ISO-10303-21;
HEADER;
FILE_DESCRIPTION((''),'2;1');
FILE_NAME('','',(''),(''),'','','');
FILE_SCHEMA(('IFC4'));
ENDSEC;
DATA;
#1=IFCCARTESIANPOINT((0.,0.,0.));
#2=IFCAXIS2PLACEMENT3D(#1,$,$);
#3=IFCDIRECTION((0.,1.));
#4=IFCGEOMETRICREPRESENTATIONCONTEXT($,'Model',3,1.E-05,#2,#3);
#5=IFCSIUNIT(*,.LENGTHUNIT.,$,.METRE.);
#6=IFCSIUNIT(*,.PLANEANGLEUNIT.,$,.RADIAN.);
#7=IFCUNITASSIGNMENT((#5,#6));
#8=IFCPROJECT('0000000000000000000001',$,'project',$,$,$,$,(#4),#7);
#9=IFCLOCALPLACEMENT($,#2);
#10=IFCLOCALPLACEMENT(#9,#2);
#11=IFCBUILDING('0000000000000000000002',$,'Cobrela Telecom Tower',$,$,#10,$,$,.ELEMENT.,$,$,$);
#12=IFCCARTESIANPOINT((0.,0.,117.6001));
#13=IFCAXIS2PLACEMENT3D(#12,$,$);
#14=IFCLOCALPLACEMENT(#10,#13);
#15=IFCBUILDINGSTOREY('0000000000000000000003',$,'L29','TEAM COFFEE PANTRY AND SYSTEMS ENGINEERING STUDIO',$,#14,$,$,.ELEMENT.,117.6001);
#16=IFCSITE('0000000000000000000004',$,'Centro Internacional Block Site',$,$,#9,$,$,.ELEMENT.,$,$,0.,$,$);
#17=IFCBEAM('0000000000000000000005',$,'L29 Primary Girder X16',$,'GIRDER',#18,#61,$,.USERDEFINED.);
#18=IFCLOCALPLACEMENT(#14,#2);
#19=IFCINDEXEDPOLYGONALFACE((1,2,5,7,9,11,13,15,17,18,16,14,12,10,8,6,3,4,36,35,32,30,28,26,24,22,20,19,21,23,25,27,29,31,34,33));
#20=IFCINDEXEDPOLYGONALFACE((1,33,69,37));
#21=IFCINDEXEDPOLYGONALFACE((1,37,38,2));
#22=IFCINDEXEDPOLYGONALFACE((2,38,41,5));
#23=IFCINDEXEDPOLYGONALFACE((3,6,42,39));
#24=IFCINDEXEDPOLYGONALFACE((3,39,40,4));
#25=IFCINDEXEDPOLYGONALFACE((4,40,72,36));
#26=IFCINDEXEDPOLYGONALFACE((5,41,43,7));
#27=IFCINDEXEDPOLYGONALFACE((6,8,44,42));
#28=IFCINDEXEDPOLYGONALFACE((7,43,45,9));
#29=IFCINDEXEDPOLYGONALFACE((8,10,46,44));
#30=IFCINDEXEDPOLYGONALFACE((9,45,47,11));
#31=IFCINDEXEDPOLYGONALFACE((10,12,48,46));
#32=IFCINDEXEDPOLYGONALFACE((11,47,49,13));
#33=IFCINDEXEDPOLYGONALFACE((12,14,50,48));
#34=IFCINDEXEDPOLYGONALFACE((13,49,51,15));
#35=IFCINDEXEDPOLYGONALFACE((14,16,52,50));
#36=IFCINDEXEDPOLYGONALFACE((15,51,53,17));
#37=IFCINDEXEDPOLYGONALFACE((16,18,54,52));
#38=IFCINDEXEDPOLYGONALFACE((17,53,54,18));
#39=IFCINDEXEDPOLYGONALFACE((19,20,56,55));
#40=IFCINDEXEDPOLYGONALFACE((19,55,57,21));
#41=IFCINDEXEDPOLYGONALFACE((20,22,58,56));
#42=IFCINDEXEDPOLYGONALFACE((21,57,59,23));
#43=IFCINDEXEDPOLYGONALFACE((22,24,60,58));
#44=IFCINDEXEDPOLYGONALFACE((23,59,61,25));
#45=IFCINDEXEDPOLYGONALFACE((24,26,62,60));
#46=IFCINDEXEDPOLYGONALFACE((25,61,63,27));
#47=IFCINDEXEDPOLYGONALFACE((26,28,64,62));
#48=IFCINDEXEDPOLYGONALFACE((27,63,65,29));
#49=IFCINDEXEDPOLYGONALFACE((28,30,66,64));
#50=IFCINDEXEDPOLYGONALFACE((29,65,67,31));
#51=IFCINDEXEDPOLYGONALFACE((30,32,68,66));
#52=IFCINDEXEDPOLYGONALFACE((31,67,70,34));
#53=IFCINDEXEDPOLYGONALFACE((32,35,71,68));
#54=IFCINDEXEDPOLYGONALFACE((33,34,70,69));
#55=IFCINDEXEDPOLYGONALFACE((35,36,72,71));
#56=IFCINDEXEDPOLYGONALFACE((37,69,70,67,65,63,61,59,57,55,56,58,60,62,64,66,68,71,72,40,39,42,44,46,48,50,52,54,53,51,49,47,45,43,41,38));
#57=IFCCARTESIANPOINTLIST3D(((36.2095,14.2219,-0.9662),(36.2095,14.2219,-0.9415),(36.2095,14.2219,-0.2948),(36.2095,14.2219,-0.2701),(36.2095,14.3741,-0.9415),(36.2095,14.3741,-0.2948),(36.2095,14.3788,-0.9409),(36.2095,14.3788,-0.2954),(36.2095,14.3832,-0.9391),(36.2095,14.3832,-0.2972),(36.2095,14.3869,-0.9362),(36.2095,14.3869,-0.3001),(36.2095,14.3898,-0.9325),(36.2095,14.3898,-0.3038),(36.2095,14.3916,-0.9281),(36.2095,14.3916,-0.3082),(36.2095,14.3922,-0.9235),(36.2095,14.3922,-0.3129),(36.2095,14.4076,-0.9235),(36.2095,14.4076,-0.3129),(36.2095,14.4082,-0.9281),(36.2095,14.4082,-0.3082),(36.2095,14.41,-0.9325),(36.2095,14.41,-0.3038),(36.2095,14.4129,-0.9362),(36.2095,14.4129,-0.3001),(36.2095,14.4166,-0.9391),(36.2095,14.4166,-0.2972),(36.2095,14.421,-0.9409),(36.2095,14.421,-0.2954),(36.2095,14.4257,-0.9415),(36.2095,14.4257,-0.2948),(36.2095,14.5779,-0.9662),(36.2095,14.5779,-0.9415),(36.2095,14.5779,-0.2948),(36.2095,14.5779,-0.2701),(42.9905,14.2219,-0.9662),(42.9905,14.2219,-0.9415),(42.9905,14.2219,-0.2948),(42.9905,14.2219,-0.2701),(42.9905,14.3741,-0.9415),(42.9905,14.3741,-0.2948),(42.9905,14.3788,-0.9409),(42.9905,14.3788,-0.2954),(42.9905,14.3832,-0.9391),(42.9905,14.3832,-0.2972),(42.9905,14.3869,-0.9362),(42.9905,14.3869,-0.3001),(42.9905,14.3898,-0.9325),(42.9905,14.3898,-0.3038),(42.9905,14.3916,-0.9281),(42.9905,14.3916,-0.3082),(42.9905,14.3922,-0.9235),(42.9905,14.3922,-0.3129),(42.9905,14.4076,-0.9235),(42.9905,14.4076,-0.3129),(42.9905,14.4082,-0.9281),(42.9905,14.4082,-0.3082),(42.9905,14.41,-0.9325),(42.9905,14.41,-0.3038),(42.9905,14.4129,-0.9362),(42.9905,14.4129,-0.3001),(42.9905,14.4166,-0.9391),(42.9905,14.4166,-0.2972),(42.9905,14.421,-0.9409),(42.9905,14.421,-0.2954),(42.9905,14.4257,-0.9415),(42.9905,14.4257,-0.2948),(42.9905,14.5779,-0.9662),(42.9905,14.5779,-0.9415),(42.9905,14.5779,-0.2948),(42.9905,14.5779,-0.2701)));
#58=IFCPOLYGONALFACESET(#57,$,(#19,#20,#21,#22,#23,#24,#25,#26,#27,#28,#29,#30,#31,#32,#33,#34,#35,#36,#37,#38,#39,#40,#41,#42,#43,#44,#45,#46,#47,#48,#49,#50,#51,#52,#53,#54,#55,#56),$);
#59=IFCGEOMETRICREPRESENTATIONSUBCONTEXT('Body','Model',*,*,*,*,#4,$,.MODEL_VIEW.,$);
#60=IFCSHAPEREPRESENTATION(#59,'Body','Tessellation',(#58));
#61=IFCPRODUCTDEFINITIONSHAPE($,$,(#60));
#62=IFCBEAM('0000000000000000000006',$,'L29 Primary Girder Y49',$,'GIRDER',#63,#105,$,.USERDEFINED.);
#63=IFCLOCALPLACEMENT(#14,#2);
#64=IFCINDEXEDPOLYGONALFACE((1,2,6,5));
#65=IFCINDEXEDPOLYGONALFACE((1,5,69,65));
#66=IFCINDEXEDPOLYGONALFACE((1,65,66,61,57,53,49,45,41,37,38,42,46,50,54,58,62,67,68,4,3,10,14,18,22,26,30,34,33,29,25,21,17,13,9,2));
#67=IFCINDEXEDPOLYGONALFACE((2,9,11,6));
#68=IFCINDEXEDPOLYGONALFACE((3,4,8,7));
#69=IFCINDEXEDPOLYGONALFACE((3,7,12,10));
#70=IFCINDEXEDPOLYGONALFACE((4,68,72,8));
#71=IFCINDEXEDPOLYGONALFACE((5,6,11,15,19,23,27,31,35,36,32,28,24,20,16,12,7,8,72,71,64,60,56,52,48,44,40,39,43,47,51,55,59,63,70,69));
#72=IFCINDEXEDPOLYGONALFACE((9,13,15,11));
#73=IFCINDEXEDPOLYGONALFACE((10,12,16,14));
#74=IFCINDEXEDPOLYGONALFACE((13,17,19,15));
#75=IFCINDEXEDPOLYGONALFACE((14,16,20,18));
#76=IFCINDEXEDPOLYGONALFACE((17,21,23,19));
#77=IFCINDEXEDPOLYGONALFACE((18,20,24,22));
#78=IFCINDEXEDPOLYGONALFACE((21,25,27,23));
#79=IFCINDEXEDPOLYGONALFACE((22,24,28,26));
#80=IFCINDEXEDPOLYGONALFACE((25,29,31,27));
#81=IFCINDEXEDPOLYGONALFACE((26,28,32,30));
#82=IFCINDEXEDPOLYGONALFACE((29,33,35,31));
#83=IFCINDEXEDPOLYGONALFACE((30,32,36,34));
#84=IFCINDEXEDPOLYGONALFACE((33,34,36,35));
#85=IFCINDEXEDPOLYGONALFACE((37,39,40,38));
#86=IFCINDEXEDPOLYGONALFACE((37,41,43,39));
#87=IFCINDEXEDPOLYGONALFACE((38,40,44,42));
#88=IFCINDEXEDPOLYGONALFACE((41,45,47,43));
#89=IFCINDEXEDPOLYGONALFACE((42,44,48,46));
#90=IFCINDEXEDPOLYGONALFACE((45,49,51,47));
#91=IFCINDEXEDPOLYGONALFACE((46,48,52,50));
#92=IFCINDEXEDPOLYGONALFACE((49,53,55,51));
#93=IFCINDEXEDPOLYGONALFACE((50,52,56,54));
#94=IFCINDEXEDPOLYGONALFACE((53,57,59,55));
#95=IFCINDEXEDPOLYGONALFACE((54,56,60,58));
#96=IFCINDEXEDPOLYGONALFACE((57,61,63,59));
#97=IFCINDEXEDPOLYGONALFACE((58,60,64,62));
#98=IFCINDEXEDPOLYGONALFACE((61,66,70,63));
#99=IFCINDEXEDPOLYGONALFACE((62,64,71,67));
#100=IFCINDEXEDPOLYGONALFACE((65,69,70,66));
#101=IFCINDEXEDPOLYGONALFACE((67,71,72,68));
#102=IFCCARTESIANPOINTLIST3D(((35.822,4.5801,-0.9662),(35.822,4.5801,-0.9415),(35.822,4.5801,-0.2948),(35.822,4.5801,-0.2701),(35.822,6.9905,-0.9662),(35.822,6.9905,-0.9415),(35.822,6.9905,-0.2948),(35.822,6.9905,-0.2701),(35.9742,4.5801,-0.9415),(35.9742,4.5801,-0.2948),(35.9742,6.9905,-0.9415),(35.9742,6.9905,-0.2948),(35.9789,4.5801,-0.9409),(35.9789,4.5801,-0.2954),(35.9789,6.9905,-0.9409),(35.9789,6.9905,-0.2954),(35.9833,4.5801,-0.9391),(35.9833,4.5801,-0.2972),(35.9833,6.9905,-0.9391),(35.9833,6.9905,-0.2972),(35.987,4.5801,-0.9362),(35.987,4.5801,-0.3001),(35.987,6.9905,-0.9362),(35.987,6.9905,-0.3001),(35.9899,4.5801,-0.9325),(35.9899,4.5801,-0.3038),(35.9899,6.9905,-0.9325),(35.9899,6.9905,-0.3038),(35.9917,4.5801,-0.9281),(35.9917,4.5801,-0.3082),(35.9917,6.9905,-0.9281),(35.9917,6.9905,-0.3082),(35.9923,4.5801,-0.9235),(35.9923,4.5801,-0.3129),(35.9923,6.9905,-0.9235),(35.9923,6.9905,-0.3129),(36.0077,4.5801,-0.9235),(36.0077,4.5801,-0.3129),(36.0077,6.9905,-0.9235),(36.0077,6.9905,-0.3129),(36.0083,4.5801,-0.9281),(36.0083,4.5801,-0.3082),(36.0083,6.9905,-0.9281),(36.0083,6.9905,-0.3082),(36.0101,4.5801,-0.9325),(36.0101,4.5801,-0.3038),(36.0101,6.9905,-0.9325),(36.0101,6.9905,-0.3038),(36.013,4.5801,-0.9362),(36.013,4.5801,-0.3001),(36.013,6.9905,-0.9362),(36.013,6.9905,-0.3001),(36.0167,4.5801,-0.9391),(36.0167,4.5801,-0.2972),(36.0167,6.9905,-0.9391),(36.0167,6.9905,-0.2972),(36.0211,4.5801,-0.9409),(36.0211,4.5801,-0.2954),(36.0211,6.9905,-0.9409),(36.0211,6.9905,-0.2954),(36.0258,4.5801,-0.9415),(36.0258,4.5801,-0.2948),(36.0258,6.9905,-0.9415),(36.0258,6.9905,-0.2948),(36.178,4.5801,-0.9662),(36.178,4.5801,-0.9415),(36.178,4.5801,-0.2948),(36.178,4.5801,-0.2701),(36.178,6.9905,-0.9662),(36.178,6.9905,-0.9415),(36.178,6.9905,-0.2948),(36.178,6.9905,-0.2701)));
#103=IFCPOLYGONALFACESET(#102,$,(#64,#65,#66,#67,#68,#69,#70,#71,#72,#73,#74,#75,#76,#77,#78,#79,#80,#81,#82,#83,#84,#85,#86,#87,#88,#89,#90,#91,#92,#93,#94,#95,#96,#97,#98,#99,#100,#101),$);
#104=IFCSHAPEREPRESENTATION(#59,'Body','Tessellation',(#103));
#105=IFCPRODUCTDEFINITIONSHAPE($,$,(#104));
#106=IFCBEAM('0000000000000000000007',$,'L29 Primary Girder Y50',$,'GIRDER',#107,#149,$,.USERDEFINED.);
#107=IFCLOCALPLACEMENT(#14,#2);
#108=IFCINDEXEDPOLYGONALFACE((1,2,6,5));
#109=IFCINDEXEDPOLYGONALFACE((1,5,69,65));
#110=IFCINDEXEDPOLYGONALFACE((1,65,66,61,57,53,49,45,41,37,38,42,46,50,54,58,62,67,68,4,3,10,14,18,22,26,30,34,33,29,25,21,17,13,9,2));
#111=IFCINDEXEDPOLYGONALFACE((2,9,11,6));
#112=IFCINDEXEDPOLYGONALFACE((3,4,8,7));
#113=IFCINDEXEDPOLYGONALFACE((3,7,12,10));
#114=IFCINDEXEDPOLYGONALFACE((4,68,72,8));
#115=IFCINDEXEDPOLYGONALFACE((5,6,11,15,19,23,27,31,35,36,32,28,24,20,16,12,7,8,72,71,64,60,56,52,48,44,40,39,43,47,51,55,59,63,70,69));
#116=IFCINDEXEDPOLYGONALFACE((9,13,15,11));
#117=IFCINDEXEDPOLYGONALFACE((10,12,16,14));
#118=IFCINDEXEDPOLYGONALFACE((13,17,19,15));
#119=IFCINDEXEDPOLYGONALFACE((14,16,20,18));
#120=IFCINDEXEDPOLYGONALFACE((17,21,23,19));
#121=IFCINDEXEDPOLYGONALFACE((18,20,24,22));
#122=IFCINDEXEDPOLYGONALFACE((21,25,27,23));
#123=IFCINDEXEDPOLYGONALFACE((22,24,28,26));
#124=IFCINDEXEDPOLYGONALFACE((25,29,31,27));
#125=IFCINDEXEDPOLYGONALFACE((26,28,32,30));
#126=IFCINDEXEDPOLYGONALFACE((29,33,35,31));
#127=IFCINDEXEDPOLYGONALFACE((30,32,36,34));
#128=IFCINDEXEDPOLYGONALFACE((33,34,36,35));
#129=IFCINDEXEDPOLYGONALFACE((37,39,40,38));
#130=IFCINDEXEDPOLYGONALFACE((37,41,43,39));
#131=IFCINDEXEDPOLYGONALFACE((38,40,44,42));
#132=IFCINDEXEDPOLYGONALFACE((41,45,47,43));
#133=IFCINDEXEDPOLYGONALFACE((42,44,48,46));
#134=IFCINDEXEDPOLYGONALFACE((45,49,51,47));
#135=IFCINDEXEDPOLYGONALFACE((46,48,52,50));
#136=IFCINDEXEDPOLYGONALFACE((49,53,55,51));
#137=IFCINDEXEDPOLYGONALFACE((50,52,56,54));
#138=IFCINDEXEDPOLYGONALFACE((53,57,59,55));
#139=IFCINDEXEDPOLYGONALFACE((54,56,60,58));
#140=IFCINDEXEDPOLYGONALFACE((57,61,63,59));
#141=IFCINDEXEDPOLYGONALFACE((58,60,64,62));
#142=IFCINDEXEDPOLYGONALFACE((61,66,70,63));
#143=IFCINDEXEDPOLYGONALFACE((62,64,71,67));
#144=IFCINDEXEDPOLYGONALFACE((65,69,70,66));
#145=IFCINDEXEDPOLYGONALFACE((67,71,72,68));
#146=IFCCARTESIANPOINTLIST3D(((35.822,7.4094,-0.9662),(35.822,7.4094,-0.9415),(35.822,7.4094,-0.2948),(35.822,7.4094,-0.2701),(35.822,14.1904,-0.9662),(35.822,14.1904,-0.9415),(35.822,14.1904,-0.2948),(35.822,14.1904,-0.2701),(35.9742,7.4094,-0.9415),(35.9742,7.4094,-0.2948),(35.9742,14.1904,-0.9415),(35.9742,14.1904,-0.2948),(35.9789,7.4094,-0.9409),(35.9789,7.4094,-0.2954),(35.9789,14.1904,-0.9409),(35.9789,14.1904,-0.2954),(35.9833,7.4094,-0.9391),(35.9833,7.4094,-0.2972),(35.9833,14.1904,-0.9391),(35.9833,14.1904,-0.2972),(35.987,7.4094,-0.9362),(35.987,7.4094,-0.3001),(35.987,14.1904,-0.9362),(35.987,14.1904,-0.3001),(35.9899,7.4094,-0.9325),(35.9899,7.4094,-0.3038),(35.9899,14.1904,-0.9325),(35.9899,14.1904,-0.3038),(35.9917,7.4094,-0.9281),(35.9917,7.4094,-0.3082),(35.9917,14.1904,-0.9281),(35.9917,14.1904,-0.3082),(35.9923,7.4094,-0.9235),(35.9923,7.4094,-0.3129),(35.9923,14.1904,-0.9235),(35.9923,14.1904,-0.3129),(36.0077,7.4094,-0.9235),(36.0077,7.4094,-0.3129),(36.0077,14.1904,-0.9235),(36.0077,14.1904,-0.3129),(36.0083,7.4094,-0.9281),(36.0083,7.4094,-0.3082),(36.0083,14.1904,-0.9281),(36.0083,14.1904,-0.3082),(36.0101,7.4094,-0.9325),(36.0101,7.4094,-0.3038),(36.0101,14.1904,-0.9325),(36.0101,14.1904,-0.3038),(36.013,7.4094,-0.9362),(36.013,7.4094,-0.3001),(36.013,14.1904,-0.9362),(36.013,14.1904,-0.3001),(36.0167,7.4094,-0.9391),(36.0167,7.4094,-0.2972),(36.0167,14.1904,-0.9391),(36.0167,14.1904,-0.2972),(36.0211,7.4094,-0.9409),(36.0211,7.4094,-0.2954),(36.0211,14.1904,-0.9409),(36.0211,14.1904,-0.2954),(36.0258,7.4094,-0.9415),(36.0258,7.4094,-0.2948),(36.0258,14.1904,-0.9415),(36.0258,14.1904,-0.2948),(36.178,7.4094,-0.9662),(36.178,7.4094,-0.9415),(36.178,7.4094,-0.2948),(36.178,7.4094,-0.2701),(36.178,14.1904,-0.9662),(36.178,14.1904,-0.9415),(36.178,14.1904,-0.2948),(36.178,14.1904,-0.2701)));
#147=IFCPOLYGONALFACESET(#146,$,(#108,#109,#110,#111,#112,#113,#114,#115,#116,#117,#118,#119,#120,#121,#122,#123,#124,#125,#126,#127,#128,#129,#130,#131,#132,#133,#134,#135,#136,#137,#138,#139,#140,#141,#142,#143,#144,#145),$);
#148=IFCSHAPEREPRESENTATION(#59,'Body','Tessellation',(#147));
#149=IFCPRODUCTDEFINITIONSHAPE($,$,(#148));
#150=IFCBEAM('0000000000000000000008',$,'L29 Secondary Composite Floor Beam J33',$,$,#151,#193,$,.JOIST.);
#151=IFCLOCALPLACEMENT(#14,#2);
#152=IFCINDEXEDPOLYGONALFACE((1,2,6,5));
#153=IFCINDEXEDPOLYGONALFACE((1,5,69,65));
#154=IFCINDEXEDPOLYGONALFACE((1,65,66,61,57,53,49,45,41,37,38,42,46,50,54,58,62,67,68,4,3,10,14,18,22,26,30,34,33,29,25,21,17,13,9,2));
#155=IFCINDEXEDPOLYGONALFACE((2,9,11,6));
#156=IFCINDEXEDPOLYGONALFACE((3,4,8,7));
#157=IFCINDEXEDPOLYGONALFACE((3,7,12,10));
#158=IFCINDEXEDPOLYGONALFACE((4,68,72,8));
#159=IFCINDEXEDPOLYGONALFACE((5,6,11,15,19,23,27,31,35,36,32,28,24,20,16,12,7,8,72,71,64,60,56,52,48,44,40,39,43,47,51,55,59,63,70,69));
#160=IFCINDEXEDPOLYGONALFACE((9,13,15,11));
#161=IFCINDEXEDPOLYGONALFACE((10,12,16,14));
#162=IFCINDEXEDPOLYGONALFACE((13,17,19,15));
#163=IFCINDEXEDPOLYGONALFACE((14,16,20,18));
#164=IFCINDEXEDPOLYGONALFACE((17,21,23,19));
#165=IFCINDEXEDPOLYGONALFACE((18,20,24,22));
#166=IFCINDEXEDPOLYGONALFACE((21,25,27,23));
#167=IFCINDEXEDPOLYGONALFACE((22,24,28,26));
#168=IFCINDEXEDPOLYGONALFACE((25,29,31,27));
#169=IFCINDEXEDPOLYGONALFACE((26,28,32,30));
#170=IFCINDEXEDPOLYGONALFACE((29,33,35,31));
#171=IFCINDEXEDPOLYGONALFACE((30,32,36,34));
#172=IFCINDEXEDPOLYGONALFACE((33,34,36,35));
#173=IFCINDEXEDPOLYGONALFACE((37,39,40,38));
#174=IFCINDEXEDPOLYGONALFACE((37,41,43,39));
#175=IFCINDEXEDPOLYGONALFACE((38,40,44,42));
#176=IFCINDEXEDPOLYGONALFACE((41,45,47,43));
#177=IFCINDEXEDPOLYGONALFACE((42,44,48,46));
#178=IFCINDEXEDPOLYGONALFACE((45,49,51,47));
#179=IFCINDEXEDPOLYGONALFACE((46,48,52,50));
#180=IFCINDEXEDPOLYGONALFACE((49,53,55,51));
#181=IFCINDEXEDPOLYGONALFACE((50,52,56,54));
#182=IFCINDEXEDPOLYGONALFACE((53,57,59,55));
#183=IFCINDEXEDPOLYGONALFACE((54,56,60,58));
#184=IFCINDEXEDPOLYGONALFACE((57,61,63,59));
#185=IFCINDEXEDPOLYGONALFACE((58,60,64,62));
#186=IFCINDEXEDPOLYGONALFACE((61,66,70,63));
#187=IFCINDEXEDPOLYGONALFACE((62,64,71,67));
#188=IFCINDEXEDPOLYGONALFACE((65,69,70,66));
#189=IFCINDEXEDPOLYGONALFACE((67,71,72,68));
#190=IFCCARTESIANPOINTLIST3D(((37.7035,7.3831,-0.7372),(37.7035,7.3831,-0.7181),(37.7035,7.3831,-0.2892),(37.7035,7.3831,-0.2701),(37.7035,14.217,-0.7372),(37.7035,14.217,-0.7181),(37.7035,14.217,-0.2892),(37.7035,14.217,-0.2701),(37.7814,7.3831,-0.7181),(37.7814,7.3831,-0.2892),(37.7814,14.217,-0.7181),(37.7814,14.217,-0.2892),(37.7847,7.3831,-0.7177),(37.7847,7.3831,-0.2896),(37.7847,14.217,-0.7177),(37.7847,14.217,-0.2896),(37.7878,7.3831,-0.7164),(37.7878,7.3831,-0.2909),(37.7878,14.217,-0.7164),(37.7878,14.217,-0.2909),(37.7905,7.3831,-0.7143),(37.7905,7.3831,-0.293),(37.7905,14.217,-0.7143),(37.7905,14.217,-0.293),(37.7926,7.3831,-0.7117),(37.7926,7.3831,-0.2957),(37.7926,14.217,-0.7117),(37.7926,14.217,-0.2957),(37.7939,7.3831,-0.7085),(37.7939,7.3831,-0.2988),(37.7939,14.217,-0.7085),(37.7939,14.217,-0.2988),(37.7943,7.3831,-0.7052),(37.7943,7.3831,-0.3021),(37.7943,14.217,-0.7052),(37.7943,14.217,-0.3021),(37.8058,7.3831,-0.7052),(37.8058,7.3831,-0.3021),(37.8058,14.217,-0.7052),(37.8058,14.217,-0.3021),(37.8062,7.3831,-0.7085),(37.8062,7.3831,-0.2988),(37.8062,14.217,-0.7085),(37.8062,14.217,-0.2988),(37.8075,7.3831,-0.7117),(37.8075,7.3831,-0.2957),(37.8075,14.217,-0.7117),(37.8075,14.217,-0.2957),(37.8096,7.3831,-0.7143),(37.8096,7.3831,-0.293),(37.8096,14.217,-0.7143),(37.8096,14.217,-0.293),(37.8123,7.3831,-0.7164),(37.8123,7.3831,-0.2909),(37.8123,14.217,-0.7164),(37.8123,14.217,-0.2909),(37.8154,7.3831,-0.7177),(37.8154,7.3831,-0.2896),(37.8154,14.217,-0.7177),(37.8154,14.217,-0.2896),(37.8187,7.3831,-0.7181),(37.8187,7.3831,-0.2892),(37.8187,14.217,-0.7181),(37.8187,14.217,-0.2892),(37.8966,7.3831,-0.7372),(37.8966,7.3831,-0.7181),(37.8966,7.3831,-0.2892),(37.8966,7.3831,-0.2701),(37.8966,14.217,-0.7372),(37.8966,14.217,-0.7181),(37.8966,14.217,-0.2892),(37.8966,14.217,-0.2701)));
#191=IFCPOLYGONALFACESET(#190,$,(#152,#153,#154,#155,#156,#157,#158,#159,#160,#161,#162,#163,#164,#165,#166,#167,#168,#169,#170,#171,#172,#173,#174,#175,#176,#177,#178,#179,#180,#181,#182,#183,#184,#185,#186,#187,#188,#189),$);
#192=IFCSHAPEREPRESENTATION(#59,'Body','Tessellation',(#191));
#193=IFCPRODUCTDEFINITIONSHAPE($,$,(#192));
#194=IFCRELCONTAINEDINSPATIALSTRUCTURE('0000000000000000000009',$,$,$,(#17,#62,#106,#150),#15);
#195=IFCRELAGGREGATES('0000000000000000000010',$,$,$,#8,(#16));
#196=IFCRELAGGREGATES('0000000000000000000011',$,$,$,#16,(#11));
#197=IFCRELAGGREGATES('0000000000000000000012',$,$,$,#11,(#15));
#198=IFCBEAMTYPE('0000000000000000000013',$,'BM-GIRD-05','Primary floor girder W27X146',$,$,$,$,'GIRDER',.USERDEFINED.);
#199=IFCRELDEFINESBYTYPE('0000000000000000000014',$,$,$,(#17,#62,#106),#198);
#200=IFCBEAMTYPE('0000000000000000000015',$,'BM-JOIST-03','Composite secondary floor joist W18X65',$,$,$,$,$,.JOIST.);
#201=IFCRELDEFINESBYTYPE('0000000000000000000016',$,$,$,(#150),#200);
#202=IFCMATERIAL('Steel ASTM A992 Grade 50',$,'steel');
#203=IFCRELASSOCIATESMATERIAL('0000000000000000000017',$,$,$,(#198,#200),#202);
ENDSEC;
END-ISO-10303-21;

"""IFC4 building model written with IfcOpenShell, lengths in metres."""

from ifc_helpers import new_model, si_unit, direction, frame, origin, origin_2d, place, context, subcontext, project, spatial, i_section, extrude, material, material_profile, profile_set, type_object, element, save


model = new_model("IFC4")

# Units and contexts
model_context = context("Model", 3, precision=1e-05, world=origin(), true_north=direction((0.0, 1.0)))
body_context = subcontext(model_context, "Body", "Model", "MODEL_VIEW")
ifc_project = project(units=[si_unit("LENGTHUNIT", "METRE"), si_unit("PLANEANGLEUNIT", "RADIAN")], contexts=[model_context])

# Site, building, storey
site_placement = place(None, origin())
site = spatial("IfcSite", under=ifc_project, at=site_placement, Name="Centro Internacional Block Site", CompositionType="ELEMENT", RefElevation=0.0)
building_placement = place(site_placement, origin())
building = spatial("IfcBuilding", under=site, at=building_placement, Name="Cobrela Telecom Tower", CompositionType="ELEMENT")
storey_placement = place(building_placement, frame((0.0, 0.0, 117.6001)))
storey = spatial("IfcBuildingStorey", under=building, at=storey_placement, Name="L29", Description="TEAM COFFEE PANTRY AND SYSTEMS ENGINEERING STUDIO", CompositionType="ELEMENT", Elevation=117.6001)

# Shared definitions
ifc_material_1 = material(Name="Steel ASTM A992 Grade 50", Category="steel")

# Beams
ifc_material_profile_1 = material_profile(ifc_material_1, i_section(OverallWidth=0.356, OverallDepth=0.696, WebThickness=0.0154, FlangeThickness=0.0247, FilletRadius=0.0181, at=origin_2d()), Name="W27X146")
ifc_profile_set_1 = profile_set([ifc_material_profile_1], Name="Steel ASTM A992 Grade 50")
beam_type_1 = type_object("IfcBeamType", Name="BM-GIRD-05", Description="Primary floor girder W27X146", ElementType="GIRDER", PredefinedType="USERDEFINED", material=ifc_profile_set_1)
beam_1_placement = place(storey_placement, frame((36.2095, 14.3999, -0.6182), z_axis=(1.0, 0.0, 0.0), x_axis=(0.0, 1.0, 0.0)))
element("IfcBeam", 1, at=beam_1_placement, inside=storey, type_object=beam_type_1, Name="L29 Primary Girder X16", ObjectType="GIRDER", PredefinedType="USERDEFINED", context=body_context, shape_type="SweptSolid", body=[
    extrude(i_section(OverallWidth=0.356, OverallDepth=0.696, WebThickness=0.0154, FlangeThickness=0.0247, FilletRadius=0.0181, at=origin_2d()), origin(), (0.0, 0.0, 1.0), 6.781),
])
beam_2_placement = place(storey_placement, frame((36.0, 4.5801, -0.6182), z_axis=(0.0, 1.0, 0.0), x_axis=(-1.0, 0.0, 0.0)))
element("IfcBeam", 2, at=beam_2_placement, inside=storey, type_object=beam_type_1, Name="L29 Primary Girder Y49", ObjectType="GIRDER", PredefinedType="USERDEFINED", context=body_context, shape_type="SweptSolid", body=[
    extrude(i_section(OverallWidth=0.356, OverallDepth=0.696, WebThickness=0.0154, FlangeThickness=0.0247, FilletRadius=0.0181, at=origin_2d()), origin(), (0.0, 0.0, 1.0), 2.4104),
])
beam_3_placement = place(storey_placement, frame((36.0, 7.4094, -0.6182), z_axis=(0.0, 1.0, 0.0), x_axis=(-1.0, 0.0, 0.0)))
element("IfcBeam", 3, at=beam_3_placement, inside=storey, type_object=beam_type_1, Name="L29 Primary Girder Y50", ObjectType="GIRDER", PredefinedType="USERDEFINED", context=body_context, shape_type="SweptSolid", body=[
    extrude(i_section(OverallWidth=0.356, OverallDepth=0.696, WebThickness=0.0154, FlangeThickness=0.0247, FilletRadius=0.0181, at=origin_2d()), origin(), (0.0, 0.0, 1.0), 6.781),
])
ifc_material_profile_2 = material_profile(ifc_material_1, i_section(OverallWidth=0.1931, OverallDepth=0.467, WebThickness=0.0115, FlangeThickness=0.019, FilletRadius=0.0129, at=origin_2d()), Name="W18X65")
ifc_profile_set_2 = profile_set([ifc_material_profile_2], Name="Steel ASTM A992 Grade 50")
beam_type_2 = type_object("IfcBeamType", Name="BM-JOIST-03", Description="Composite secondary floor joist W18X65", PredefinedType="JOIST", material=ifc_profile_set_2)
for number, where, z_axis, x_axis, name in (
    (4, (37.8, 7.3831, -0.5037), (0.0, 1.0, 0.0), (-1.0, 0.0, 0.0), "L29 Secondary Composite Floor Beam J33"),
):
    element("IfcBeam", number, at=place(storey_placement, frame(where, z_axis=z_axis, x_axis=x_axis)), inside=storey, type_object=beam_type_2, Name=name, PredefinedType="JOIST", context=body_context, shape_type="SweptSolid", body=[
        extrude(i_section(OverallWidth=0.1931, OverallDepth=0.467, WebThickness=0.0115, FlangeThickness=0.019, FilletRadius=0.0129, at=origin_2d()), origin(), (0.0, 0.0, 1.0), 6.834),
    ])

save(model, "model.ifc")
